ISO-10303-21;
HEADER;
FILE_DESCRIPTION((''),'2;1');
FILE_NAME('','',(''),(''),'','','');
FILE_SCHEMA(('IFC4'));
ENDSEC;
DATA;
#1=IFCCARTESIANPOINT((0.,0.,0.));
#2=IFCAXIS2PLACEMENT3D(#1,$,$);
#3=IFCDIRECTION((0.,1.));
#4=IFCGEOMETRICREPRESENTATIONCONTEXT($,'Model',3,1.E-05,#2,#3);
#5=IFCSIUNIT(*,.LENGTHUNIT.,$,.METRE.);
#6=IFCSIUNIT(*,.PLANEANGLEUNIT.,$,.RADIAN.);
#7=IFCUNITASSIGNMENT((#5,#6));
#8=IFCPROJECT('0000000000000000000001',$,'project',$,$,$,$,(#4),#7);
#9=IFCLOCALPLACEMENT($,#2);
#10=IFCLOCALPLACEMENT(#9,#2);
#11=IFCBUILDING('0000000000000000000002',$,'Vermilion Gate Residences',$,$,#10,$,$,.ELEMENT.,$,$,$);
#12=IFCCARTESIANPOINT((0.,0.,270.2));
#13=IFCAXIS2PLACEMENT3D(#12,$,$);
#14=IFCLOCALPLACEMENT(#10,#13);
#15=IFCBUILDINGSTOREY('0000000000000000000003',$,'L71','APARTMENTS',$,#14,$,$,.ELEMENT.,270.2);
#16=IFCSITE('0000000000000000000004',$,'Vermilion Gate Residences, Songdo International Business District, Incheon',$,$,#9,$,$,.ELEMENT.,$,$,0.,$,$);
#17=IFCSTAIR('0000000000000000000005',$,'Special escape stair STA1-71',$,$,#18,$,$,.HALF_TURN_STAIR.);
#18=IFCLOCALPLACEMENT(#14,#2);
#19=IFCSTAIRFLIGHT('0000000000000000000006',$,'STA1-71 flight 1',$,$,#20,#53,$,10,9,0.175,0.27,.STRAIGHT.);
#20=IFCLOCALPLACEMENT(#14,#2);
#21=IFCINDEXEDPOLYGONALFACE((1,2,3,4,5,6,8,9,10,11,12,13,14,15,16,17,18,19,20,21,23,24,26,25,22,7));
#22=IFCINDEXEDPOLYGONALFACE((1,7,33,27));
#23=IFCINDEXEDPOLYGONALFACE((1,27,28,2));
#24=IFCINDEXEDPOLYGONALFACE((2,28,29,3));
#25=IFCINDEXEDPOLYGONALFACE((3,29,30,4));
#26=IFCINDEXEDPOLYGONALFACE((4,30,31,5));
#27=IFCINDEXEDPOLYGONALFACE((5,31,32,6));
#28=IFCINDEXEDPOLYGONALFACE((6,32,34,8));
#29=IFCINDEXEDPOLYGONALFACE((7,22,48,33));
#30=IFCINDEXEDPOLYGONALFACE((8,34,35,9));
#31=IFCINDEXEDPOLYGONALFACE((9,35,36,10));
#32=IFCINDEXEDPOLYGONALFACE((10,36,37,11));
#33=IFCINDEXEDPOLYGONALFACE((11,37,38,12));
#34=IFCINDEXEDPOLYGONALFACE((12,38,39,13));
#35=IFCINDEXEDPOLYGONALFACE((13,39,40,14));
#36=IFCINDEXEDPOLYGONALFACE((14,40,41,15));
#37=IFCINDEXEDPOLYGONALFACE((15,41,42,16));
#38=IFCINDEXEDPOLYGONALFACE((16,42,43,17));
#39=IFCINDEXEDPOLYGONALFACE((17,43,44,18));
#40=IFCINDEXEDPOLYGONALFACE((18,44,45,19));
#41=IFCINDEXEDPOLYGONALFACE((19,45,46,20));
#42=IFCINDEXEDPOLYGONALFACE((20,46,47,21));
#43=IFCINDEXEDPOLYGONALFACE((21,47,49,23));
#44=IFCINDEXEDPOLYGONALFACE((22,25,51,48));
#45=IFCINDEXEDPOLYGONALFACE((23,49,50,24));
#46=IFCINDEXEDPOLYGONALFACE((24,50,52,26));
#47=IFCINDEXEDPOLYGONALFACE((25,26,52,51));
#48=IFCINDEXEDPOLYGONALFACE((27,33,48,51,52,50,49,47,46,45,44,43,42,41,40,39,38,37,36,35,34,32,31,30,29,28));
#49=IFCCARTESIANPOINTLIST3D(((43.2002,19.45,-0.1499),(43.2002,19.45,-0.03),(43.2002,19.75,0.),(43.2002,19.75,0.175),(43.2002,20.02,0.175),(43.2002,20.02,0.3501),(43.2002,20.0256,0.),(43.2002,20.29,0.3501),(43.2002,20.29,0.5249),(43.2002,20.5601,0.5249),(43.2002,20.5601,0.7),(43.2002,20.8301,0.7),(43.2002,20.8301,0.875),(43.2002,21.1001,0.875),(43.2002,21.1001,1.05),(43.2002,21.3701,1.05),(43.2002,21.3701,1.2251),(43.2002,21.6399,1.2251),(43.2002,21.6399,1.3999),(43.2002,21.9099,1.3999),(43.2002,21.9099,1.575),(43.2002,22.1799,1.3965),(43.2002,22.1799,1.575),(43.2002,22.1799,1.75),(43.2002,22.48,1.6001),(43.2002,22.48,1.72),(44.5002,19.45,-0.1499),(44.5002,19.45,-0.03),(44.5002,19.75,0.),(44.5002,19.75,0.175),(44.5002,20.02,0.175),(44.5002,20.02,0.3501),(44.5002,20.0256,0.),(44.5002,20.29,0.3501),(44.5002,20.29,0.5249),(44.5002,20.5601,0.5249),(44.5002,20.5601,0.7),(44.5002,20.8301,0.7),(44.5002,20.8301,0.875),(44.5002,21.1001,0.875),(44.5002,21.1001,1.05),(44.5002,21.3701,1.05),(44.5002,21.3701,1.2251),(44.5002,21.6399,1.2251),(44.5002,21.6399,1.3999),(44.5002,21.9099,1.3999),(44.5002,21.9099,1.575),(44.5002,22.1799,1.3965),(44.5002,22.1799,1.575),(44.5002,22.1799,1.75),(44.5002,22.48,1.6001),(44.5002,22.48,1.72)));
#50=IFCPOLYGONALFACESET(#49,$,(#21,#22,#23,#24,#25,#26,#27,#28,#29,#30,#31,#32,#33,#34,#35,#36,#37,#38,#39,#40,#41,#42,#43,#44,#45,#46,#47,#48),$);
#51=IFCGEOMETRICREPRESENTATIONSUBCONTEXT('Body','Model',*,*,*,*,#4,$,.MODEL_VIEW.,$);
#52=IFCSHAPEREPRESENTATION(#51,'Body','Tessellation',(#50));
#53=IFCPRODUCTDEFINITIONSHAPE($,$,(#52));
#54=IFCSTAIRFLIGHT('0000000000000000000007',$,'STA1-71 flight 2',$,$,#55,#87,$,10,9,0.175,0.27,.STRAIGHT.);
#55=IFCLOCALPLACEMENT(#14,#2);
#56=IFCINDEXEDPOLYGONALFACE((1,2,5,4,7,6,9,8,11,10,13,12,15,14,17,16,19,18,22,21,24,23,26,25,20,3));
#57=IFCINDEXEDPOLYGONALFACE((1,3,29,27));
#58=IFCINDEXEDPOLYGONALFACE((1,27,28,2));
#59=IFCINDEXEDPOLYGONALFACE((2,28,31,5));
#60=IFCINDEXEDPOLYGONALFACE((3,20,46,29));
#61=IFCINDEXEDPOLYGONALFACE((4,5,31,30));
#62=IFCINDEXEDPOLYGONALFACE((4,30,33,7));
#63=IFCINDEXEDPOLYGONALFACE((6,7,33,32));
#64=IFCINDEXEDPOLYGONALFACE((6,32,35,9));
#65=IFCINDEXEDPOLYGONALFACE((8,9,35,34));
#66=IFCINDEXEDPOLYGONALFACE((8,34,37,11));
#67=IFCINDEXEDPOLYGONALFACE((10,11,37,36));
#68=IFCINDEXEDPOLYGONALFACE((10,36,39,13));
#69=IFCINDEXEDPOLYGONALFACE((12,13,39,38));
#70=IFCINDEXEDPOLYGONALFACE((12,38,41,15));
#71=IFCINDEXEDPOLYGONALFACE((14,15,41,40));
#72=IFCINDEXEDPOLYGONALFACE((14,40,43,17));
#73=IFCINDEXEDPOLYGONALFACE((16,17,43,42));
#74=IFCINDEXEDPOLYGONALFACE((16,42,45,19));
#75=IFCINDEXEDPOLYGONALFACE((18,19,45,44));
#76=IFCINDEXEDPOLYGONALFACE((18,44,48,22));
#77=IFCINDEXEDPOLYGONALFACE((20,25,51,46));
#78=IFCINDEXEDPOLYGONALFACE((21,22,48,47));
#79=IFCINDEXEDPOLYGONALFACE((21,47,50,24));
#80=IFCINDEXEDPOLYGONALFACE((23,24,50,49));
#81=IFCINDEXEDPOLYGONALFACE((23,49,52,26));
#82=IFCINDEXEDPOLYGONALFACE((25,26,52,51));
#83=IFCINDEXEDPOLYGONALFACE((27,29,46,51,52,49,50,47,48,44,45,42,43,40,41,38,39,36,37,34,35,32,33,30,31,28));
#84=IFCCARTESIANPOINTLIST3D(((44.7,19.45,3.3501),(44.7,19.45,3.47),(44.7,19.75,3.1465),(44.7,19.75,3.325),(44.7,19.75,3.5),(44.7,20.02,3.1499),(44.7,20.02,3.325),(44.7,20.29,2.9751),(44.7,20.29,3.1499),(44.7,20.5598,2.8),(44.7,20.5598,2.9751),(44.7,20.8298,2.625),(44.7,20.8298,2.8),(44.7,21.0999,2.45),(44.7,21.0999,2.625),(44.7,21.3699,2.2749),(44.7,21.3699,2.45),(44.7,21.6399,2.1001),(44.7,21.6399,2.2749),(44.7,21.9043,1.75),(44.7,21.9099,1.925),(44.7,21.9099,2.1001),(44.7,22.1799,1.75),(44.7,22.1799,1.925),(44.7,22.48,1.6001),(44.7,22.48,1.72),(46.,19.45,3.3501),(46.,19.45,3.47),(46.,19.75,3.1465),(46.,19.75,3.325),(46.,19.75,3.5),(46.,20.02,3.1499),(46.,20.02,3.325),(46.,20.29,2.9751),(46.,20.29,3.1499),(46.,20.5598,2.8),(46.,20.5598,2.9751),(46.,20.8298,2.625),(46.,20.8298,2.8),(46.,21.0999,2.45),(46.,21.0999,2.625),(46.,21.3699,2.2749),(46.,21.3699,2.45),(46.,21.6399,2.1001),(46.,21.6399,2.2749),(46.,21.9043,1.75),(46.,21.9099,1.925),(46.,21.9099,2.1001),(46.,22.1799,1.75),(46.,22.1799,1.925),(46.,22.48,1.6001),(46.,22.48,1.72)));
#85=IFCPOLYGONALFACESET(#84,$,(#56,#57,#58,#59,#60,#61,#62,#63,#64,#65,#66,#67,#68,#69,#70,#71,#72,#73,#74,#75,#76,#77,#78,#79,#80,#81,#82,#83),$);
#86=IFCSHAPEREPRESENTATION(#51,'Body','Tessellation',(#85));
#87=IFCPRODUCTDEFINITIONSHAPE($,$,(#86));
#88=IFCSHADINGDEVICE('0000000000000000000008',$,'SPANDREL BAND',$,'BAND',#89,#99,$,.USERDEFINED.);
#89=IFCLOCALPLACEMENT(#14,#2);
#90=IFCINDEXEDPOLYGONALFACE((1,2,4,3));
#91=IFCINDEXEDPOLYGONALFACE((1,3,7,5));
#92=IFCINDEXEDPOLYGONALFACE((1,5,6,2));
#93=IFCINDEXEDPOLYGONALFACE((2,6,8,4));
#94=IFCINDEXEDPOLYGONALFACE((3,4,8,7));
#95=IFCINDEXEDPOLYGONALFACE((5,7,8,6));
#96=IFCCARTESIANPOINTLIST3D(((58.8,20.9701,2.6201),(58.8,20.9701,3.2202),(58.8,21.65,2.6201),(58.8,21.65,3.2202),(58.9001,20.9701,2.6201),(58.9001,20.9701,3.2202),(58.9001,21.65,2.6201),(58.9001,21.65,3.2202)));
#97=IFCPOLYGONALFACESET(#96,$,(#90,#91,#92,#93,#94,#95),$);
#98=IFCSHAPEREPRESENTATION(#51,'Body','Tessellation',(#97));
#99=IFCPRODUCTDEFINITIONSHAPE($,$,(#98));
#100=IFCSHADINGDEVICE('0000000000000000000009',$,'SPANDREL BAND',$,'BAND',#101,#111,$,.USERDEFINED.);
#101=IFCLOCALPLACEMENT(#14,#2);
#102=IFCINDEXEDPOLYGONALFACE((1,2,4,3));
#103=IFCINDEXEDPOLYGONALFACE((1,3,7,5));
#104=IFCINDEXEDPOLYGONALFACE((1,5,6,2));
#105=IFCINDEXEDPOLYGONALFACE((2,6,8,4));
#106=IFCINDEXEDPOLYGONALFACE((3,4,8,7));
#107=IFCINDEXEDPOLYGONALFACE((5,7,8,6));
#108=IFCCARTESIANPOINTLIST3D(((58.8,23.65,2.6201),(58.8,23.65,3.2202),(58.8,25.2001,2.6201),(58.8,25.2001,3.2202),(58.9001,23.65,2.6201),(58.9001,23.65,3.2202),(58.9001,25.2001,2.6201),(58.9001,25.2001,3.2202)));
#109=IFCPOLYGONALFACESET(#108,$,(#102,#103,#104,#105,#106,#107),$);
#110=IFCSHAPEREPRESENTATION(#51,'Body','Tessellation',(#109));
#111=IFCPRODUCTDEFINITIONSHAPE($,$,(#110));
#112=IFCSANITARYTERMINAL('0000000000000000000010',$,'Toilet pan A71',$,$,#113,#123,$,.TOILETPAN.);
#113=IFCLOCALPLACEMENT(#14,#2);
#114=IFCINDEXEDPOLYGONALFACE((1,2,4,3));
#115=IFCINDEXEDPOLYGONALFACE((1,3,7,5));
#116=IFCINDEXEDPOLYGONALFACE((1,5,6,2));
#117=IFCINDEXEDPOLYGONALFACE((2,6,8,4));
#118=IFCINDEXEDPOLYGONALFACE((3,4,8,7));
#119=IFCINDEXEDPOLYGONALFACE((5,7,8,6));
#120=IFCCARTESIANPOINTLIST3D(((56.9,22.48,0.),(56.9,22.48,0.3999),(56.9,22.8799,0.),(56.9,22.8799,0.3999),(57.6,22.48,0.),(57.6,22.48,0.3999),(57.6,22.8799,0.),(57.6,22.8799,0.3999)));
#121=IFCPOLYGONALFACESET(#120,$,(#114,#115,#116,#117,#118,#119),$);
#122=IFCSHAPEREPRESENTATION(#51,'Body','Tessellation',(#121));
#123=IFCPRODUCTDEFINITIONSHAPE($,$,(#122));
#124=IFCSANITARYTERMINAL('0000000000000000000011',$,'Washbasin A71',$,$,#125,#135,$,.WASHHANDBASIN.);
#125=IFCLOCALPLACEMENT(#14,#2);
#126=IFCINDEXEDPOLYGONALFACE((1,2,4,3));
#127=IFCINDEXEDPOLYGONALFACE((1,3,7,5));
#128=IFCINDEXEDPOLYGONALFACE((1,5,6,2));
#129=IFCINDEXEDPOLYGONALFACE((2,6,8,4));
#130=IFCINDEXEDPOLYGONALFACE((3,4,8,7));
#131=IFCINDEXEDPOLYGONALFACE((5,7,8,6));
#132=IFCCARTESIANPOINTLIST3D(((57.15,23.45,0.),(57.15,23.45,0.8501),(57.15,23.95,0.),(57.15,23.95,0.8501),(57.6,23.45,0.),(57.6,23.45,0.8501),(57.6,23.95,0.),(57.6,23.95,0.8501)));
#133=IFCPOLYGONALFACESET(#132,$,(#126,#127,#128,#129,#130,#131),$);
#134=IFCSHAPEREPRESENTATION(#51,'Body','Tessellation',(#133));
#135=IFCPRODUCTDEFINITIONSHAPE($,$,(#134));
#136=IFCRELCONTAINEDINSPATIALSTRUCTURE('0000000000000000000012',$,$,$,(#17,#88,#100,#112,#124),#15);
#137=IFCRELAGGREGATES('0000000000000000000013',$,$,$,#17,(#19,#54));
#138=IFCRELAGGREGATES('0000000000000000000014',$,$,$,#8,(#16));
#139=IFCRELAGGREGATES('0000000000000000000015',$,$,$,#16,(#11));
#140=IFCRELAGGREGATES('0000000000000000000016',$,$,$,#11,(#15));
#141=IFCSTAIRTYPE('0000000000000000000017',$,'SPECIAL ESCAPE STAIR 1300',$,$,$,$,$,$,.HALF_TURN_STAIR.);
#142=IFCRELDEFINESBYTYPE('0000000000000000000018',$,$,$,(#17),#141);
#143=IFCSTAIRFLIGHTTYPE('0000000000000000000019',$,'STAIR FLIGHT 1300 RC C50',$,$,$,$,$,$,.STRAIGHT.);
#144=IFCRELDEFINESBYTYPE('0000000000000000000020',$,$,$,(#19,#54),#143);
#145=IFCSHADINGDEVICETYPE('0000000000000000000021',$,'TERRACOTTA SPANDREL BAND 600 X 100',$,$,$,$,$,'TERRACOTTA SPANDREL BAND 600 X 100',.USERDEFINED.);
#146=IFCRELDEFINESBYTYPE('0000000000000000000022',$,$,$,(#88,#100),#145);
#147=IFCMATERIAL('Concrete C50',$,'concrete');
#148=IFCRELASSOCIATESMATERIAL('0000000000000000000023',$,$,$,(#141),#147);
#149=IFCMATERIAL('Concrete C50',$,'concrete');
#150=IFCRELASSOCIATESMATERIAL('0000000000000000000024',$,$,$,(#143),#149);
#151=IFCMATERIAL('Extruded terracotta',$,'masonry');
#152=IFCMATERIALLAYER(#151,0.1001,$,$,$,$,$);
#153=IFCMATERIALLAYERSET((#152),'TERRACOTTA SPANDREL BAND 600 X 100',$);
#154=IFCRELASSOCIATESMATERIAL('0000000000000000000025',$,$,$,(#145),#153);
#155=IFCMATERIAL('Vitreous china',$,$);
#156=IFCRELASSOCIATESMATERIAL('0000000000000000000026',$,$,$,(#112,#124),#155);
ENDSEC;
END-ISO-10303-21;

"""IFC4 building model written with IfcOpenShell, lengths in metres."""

from ifc_helpers import new_model, si_unit, direction, frame, origin, origin_2d, place, context, subcontext, project, spatial, polyline, rectangle, outline, extrude, material, layer, layer_set, type_object, element, aggregate, save


model = new_model("IFC4")

# Units and contexts
model_context = context("Model", 3, precision=1e-05, world=origin(), true_north=direction((0.0, 1.0)))
body_context = subcontext(model_context, "Body", "Model", "MODEL_VIEW")
ifc_project = project(units=[si_unit("LENGTHUNIT", "METRE"), si_unit("PLANEANGLEUNIT", "RADIAN")], contexts=[model_context])

# Site, building, storey
site_placement = place(None, origin())
site = spatial("IfcSite", under=ifc_project, at=site_placement, Name="Vermilion Gate Residences, Songdo International Business District, Incheon", CompositionType="ELEMENT", RefElevation=0.0)
building_placement = place(site_placement, origin())
building = spatial("IfcBuilding", under=site, at=building_placement, Name="Vermilion Gate Residences", CompositionType="ELEMENT")
storey_placement = place(building_placement, frame((0.0, 0.0, 270.2)))
storey = spatial("IfcBuildingStorey", under=building, at=storey_placement, Name="L71", Description="APARTMENTS", CompositionType="ELEMENT", Elevation=270.2)

# Stair, stair flights
ifc_material_1 = material(Name="Concrete C50", Category="concrete")
stair_type = type_object("IfcStairType", Name="SPECIAL ESCAPE STAIR 1300", PredefinedType="HALF_TURN_STAIR", material=ifc_material_1)
stair_placement = place(storey_placement, origin())
stair = element("IfcStair", 1, at=stair_placement, inside=storey, type_object=stair_type, Name="Special escape stair STA1-71", PredefinedType="HALF_TURN_STAIR")
ifc_material_2 = material(Name="Concrete C50", Category="concrete")
stair_flight_type = type_object("IfcStairFlightType", Name="STAIR FLIGHT 1300 RC C50", PredefinedType="STRAIGHT", material=ifc_material_2)
stair_flight_1_placement = place(storey_placement, frame((43.8501, 19.75, 0.0), z_axis=(0.0, 0.0, 1.0), x_axis=(0.0, 1.0, 0.0)))
stair_flight_1 = element("IfcStairFlight", 2, at=stair_flight_1_placement, type_object=stair_flight_type, Name="STA1-71 flight 1", NumberOfRisers=10, NumberOfTreads=9, PredefinedType="STRAIGHT", RiserHeight=0.175, TreadLength=0.27, context=body_context, shape_type="SweptSolid", body=[
    extrude(outline(polyline([(-0.3, -0.1499), (-0.3, -0.03), (0.0, 0.0), (0.0, 0.175), (0.27, 0.175), (0.27, 0.3501), (0.54, 0.3501), (0.54, 0.5249), (0.8101, 0.5249), (0.8101, 0.7), (1.0801, 0.7), (1.0801, 0.875), (1.3501, 0.875), (1.3501, 1.05), (1.6201, 1.05), (1.6201, 1.2251), (1.8899, 1.2251), (1.8899, 1.3999), (2.1599, 1.3999), (2.1599, 1.575), (2.4299, 1.575), (2.4299, 1.75), (2.73, 1.72), (2.73, 1.6001), (2.4299, 1.3965), (0.2756, 0.0), (-0.3, -0.1499)])), frame((0.0, 0.6499, 0.0), z_axis=(0.0, -1.0, 0.0), x_axis=(1.0, 0.0, 0.0)), (0.0, 0.0, 1.0), 1.3),
])
stair_flight_2_placement = place(storey_placement, frame((45.3501, 22.1799, 1.75), z_axis=(0.0, 0.0, 1.0), x_axis=(0.0, -1.0, 0.0)))
stair_flight_2 = element("IfcStairFlight", 3, at=stair_flight_2_placement, type_object=stair_flight_type, Name="STA1-71 flight 2", NumberOfRisers=10, NumberOfTreads=9, PredefinedType="STRAIGHT", RiserHeight=0.175, TreadLength=0.27, context=body_context, shape_type="SweptSolid", body=[
    extrude(outline(polyline([(-0.3, -0.1499), (-0.3, -0.03), (0.0, 0.0), (0.0, 0.175), (0.27, 0.175), (0.27, 0.3501), (0.54, 0.3501), (0.54, 0.5249), (0.8101, 0.5249), (0.8101, 0.7), (1.0801, 0.7), (1.0801, 0.875), (1.3501, 0.875), (1.3501, 1.05), (1.6201, 1.05), (1.6201, 1.2251), (1.8899, 1.2251), (1.8899, 1.3999), (2.1599, 1.3999), (2.1599, 1.575), (2.4299, 1.575), (2.4299, 1.75), (2.73, 1.72), (2.73, 1.6001), (2.4299, 1.3965), (0.2756, 0.0), (-0.3, -0.1499)])), frame((0.0, 0.6499, 0.0), z_axis=(0.0, -1.0, 0.0), x_axis=(1.0, 0.0, 0.0)), (0.0, 0.0, 1.0), 1.3),
])
aggregate(stair, [stair_flight_1, stair_flight_2])

# Shading devices
ifc_material_3 = material(Name="Extruded terracotta", Category="masonry")
ifc_layer_1 = layer(ifc_material_3, 0.1001)
ifc_layer_set_1 = layer_set([ifc_layer_1], Name="TERRACOTTA SPANDREL BAND 600 X 100")
shading_device_type = type_object("IfcShadingDeviceType", Name="TERRACOTTA SPANDREL BAND 600 X 100", ElementType="TERRACOTTA SPANDREL BAND 600 X 100", PredefinedType="USERDEFINED", material=ifc_layer_set_1)
shading_device_1_placement = place(storey_placement, frame((58.8501, 21.3101, 2.6201), z_axis=(0.0, 0.0, 1.0), x_axis=(0.0, 1.0, 0.0)))
element("IfcShadingDevice", 4, at=shading_device_1_placement, inside=storey, type_object=shading_device_type, Name="SPANDREL BAND", ObjectType="BAND", PredefinedType="USERDEFINED", context=body_context, shape_type="SweptSolid", body=[
    extrude(rectangle(XDim=0.6799, YDim=0.1001, at=origin_2d()), origin(), (0.0, 0.0, 1.0), 0.6001),
])
shading_device_2_placement = place(storey_placement, frame((58.8501, 24.425, 2.6201), z_axis=(0.0, 0.0, 1.0), x_axis=(0.0, 1.0, 0.0)))
element("IfcShadingDevice", 5, at=shading_device_2_placement, inside=storey, type_object=shading_device_type, Name="SPANDREL BAND", ObjectType="BAND", PredefinedType="USERDEFINED", context=body_context, shape_type="SweptSolid", body=[
    extrude(rectangle(XDim=1.55, YDim=0.1001, at=origin_2d()), origin(), (0.0, 0.0, 1.0), 0.6001),
])

# Sanitary terminals
ifc_material_4 = material(Name="Vitreous china")
sanitary_terminal_1_placement = place(storey_placement, frame((57.25, 22.6799, 0.0), z_axis=(0.0, 0.0, 1.0), x_axis=(1.0, 0.0, 0.0)))
element("IfcSanitaryTerminal", 6, at=sanitary_terminal_1_placement, inside=storey, material=ifc_material_4, Name="Toilet pan A71", PredefinedType="TOILETPAN", context=body_context, shape_type="SweptSolid", body=[
    extrude(rectangle(XDim=0.7, YDim=0.3999, at=origin_2d()), origin(), (0.0, 0.0, 1.0), 0.3999),
])
sanitary_terminal_2_placement = place(storey_placement, frame((57.375, 23.7, 0.0), z_axis=(0.0, 0.0, 1.0), x_axis=(1.0, 0.0, 0.0)))
element("IfcSanitaryTerminal", 7, at=sanitary_terminal_2_placement, inside=storey, material=ifc_material_4, Name="Washbasin A71", PredefinedType="WASHHANDBASIN", context=body_context, shape_type="SweptSolid", body=[
    extrude(rectangle(XDim=0.45, YDim=0.5, at=origin_2d()), origin(), (0.0, 0.0, 1.0), 0.8501),
])

save(model, "model.ifc")
